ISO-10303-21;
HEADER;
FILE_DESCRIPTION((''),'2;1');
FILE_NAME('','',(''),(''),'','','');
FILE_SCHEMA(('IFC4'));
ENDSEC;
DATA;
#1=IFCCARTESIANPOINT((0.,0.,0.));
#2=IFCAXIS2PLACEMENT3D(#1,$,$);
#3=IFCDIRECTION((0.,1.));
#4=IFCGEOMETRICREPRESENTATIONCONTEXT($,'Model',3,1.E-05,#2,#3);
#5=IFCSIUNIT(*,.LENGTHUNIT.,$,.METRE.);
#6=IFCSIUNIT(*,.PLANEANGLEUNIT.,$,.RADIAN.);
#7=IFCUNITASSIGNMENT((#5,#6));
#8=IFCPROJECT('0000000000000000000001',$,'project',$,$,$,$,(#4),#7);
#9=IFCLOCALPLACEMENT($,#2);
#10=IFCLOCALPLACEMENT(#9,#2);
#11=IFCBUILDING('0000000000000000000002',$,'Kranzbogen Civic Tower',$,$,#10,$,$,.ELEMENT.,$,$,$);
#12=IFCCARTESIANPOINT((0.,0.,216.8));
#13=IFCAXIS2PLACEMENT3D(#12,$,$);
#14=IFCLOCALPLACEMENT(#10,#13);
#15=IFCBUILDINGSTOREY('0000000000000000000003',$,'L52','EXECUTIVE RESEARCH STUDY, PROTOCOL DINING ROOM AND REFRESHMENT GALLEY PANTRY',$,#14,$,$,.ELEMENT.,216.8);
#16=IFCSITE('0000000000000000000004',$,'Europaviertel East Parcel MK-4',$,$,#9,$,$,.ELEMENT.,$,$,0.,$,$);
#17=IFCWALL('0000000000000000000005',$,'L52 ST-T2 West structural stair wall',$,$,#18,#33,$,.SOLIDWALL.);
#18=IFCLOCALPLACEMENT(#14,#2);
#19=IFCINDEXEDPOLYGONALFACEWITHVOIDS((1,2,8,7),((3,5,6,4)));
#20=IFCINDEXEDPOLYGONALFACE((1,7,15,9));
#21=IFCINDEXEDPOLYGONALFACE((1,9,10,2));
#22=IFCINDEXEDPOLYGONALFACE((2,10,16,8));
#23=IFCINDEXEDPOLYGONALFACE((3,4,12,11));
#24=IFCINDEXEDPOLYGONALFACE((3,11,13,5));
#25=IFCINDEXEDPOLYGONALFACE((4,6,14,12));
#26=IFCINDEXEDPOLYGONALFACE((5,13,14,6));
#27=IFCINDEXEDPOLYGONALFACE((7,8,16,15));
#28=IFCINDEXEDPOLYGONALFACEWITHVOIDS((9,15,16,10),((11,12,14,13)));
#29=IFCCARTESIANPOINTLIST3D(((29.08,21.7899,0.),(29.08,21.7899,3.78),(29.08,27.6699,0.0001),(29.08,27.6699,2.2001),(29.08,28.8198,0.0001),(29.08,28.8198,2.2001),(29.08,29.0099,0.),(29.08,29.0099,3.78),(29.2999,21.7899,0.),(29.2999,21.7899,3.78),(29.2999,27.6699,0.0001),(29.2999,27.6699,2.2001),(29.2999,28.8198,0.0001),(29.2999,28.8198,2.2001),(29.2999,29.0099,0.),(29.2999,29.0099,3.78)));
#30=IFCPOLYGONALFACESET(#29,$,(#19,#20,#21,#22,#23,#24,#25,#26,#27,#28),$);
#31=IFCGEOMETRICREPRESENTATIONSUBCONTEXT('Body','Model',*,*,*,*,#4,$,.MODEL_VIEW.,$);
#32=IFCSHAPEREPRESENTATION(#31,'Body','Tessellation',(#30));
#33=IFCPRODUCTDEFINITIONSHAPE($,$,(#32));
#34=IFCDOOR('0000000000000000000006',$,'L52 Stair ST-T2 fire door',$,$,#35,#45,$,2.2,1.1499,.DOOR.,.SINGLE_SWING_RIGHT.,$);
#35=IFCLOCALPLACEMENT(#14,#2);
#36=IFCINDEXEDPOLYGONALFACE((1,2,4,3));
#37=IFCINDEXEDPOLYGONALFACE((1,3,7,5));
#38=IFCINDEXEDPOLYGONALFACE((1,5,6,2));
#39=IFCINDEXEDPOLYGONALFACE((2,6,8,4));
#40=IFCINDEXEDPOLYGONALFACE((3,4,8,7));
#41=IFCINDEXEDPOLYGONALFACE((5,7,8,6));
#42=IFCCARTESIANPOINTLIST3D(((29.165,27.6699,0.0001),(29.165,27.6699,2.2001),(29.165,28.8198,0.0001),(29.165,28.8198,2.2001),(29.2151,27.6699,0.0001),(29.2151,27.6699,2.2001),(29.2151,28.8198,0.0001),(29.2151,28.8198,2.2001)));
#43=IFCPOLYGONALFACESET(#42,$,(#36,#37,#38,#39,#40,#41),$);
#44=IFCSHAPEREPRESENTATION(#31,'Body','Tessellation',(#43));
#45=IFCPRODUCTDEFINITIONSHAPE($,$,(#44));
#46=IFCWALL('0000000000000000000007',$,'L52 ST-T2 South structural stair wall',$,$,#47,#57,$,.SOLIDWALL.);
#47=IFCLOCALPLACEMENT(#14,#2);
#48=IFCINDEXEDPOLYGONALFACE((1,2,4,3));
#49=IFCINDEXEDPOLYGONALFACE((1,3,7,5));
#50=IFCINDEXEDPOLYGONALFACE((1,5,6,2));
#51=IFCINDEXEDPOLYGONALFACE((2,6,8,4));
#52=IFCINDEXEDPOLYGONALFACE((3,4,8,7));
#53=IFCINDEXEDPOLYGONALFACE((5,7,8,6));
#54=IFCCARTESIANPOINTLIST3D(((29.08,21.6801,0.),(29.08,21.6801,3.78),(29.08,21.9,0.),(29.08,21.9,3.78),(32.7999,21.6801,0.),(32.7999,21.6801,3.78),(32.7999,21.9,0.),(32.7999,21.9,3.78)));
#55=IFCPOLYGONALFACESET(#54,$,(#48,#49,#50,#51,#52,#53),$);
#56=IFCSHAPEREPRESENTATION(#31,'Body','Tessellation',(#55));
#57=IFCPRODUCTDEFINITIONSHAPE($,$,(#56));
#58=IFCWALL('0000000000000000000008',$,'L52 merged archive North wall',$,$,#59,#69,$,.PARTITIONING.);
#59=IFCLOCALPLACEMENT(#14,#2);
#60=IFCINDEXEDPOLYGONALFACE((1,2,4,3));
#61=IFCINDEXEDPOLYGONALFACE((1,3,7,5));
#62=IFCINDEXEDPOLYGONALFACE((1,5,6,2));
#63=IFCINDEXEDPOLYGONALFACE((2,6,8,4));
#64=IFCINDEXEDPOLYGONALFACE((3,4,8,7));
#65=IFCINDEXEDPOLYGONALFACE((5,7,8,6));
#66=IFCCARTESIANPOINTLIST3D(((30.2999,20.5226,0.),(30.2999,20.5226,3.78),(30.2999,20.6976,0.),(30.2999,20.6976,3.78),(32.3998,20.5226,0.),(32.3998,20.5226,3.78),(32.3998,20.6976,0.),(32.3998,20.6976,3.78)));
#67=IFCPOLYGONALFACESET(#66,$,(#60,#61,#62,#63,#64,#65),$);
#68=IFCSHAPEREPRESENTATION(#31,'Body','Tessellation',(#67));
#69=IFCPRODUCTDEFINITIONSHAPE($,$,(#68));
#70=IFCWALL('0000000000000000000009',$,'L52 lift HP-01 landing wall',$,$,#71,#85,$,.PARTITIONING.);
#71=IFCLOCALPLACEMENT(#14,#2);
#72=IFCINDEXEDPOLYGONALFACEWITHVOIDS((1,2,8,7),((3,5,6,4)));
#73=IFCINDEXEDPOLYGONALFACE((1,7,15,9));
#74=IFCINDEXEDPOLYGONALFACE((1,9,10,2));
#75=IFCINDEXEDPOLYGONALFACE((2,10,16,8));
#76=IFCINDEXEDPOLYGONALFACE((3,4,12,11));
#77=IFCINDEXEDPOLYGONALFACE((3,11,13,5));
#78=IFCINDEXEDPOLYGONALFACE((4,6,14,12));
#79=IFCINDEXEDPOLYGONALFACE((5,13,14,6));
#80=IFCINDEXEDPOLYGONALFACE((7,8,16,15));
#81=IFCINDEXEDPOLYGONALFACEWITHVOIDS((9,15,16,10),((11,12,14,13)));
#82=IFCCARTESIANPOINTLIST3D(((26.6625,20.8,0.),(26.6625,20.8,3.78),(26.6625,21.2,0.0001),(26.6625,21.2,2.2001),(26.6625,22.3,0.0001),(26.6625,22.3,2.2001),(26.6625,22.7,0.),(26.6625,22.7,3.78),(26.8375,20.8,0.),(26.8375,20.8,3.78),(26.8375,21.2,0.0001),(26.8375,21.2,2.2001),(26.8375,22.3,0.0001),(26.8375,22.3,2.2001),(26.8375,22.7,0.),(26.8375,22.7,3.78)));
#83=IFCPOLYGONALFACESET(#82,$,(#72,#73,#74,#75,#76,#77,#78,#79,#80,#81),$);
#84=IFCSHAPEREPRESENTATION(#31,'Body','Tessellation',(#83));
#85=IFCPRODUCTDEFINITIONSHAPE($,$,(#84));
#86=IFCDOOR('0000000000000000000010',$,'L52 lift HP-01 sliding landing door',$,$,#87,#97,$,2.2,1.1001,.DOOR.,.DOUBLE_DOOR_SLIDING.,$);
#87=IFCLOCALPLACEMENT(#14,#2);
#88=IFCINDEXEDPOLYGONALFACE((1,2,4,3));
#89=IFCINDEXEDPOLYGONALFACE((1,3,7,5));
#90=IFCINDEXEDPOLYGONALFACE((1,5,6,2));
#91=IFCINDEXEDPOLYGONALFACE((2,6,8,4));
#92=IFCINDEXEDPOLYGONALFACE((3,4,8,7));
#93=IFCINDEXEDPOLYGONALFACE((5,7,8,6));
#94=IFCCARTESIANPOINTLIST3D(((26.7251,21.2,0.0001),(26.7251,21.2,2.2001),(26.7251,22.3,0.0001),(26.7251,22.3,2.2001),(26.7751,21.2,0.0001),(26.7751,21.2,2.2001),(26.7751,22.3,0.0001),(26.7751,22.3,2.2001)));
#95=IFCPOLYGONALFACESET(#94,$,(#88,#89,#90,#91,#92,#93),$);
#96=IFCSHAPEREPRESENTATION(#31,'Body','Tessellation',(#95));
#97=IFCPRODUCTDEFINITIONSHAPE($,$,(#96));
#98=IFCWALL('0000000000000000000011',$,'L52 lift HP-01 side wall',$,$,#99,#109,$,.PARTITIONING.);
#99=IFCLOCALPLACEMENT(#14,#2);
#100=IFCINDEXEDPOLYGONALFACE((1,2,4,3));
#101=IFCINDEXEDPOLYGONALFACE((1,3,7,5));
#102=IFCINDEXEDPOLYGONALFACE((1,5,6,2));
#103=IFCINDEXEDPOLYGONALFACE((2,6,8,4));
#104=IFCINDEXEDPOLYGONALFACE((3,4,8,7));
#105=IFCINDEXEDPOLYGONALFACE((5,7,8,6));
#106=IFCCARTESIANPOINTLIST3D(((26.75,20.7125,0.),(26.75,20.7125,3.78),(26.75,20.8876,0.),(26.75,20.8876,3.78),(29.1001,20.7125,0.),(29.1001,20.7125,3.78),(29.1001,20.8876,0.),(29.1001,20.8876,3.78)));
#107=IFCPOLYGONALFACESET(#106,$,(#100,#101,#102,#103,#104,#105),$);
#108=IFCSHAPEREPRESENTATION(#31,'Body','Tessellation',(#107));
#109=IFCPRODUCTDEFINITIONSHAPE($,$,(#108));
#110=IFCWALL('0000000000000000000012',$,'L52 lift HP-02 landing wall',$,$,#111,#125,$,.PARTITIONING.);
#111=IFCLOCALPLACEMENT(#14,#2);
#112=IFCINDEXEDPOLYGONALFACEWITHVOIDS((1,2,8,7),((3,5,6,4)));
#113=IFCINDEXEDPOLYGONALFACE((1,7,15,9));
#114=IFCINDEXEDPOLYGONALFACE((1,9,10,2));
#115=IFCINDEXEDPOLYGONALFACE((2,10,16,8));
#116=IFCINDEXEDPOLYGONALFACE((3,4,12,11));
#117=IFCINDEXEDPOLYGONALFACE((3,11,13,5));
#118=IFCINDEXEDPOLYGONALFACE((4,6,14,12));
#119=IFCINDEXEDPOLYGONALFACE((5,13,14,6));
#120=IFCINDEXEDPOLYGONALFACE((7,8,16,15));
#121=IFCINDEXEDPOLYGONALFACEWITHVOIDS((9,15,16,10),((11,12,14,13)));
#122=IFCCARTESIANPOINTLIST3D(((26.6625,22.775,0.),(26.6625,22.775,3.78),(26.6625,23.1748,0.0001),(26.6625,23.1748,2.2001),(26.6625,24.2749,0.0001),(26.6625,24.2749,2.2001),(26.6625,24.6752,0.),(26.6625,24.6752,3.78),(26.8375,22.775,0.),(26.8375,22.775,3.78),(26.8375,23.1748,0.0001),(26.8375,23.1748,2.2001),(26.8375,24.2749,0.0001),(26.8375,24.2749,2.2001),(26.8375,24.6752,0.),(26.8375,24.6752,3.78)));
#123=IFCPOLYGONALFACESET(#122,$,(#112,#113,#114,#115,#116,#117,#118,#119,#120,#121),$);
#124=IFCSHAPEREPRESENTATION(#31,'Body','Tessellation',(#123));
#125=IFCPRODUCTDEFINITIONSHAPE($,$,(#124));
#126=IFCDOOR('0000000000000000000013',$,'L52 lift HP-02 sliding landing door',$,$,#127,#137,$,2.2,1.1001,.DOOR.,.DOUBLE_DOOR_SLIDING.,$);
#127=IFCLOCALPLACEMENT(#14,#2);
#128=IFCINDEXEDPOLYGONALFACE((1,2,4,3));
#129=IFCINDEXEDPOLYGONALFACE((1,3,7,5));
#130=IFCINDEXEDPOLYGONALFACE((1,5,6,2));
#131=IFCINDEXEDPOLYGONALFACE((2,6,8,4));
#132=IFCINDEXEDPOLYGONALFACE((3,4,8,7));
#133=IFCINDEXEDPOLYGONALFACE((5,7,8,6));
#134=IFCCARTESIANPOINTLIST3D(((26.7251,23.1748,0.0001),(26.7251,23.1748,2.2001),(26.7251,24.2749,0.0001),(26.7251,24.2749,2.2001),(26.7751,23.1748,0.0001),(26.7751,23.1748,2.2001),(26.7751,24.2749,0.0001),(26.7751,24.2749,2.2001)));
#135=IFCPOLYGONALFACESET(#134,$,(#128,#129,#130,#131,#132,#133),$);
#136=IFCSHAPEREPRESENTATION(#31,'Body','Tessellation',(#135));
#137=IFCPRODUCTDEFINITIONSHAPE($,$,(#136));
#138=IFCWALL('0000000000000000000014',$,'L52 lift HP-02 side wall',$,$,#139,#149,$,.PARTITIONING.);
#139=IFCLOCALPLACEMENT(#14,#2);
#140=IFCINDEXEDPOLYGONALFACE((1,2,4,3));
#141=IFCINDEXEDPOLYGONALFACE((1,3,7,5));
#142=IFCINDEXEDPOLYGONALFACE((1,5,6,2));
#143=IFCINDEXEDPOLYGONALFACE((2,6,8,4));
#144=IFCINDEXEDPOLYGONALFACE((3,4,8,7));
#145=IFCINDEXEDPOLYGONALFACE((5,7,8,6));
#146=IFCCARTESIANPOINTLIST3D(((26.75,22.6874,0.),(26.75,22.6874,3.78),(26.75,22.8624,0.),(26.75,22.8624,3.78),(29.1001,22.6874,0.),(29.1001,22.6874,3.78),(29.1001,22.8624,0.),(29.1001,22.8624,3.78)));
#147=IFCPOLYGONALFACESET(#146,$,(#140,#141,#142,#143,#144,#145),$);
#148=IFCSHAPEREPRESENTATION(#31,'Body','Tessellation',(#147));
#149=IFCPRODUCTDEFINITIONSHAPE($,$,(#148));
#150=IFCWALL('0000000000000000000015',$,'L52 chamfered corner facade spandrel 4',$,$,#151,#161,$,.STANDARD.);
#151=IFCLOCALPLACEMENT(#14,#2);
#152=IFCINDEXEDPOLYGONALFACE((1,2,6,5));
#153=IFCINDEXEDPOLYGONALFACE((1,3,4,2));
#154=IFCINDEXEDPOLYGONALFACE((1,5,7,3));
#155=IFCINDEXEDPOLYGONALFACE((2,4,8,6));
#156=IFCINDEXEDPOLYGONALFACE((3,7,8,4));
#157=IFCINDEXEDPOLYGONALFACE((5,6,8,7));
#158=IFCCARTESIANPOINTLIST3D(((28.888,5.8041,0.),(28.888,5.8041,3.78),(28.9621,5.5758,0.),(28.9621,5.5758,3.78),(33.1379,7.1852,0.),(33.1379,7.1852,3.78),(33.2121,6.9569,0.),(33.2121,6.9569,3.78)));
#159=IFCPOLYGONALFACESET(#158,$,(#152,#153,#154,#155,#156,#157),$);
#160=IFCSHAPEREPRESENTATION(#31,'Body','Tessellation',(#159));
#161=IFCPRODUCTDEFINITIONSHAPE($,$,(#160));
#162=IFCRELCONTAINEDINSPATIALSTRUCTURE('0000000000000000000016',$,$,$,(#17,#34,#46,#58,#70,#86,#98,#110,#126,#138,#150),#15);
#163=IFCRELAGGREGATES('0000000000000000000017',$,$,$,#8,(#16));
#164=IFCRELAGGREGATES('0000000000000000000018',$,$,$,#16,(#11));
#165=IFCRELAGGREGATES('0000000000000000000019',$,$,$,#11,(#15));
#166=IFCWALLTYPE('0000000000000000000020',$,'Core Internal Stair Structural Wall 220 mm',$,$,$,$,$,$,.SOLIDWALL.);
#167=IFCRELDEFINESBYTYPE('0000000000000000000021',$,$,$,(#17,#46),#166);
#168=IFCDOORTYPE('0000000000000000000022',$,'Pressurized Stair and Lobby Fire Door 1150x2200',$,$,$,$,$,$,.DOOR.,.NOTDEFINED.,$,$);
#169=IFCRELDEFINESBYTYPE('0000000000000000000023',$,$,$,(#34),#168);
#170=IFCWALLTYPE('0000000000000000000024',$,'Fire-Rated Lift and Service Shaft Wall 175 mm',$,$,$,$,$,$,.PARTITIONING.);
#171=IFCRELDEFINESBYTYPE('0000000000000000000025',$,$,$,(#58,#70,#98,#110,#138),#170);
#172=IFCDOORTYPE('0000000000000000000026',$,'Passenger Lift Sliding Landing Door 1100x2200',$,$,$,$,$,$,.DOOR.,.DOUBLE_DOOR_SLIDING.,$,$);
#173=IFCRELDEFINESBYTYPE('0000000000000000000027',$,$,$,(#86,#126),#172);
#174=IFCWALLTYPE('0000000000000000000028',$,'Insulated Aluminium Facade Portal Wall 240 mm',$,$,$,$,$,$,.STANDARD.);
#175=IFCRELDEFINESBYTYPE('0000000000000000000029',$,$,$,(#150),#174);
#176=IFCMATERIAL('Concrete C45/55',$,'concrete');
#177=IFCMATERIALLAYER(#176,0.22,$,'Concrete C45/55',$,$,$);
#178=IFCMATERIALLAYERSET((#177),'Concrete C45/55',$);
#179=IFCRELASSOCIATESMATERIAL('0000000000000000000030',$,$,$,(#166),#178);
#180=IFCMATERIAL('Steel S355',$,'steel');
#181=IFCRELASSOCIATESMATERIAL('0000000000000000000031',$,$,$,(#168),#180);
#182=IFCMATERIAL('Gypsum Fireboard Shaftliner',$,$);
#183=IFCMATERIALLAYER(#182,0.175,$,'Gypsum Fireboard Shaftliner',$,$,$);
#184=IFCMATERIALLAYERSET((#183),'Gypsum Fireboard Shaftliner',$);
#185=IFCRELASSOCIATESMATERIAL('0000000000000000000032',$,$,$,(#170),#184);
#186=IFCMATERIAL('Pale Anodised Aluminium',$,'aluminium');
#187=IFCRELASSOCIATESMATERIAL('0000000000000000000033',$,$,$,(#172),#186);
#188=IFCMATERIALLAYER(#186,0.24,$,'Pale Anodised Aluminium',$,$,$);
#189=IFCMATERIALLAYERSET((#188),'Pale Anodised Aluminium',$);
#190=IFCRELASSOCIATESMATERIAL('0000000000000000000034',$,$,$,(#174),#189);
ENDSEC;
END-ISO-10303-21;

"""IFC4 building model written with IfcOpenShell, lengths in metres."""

from ifc_helpers import new_model, si_unit, direction, frame, frame_2d, origin, place, context, subcontext, project, spatial, rectangle, extrude, material, layer, layer_set, type_object, element, fill, save


model = new_model("IFC4")

# Units and contexts
model_context = context("Model", 3, precision=1e-05, world=origin(), true_north=direction((0.0, 1.0)))
body_context = subcontext(model_context, "Body", "Model", "MODEL_VIEW")
ifc_project = project(units=[si_unit("LENGTHUNIT", "METRE"), si_unit("PLANEANGLEUNIT", "RADIAN")], contexts=[model_context])

# Site, building, storey
site_placement = place(None, origin())
site = spatial("IfcSite", under=ifc_project, at=site_placement, Name="Europaviertel East Parcel MK-4", CompositionType="ELEMENT", RefElevation=0.0)
building_placement = place(site_placement, origin())
building = spatial("IfcBuilding", under=site, at=building_placement, Name="Kranzbogen Civic Tower", CompositionType="ELEMENT")
storey_placement = place(building_placement, frame((0.0, 0.0, 216.8)))
storey = spatial("IfcBuildingStorey", under=building, at=storey_placement, Name="L52", Description="EXECUTIVE RESEARCH STUDY, PROTOCOL DINING ROOM AND REFRESHMENT GALLEY PANTRY", CompositionType="ELEMENT", Elevation=216.8)

# Shared definitions
ifc_material_1 = material(Name="Steel S355", Category="steel")

# Shared definitions
ifc_material_2 = material(Name="Pale Anodised Aluminium", Category="aluminium")

# Shared definitions
ifc_material_3 = material(Name="Concrete C45/55", Category="concrete")

# Wall, opening, door
ifc_layer_1 = layer(ifc_material_3, 0.22, Name="Concrete C45/55")
ifc_layer_set_1 = layer_set([ifc_layer_1], Name="Concrete C45/55")
wall_type_1 = type_object("IfcWallType", Name="Core Internal Stair Structural Wall 220 mm", PredefinedType="SOLIDWALL", material=ifc_layer_set_1)
wall_1_placement = place(storey_placement, frame((29.1899, 21.79, 0.0), z_axis=(0.0, 0.0, 1.0), x_axis=(0.0, 1.0, 0.0)))
wall_1 = element("IfcWall", 1, at=wall_1_placement, inside=storey, type_object=wall_type_1, Name="L52 ST-T2 West structural stair wall", PredefinedType="SOLIDWALL", context=body_context, shape_type="SweptSolid", body=[
    extrude(rectangle(XDim=7.22, YDim=0.22, at=frame_2d((3.6099, 0.0))), origin(), (0.0, 0.0, 1.0), 3.78),
])
opening_1_placement = place(wall_1_placement, frame((5.8799, 0.0, 0.0)))
opening_1 = element("IfcOpeningElement", 2, at=opening_1_placement, cuts=wall_1, PredefinedType="OPENING", context=body_context, shape_type="SweptSolid", body=[
    extrude(rectangle(XDim=1.1499, YDim=2.2, at=frame_2d((0.575, 1.1001))), frame((0.0, 0.1201, 0.0), z_axis=(0.0, -1.0, 0.0), x_axis=(1.0, 0.0, 0.0)), (0.0, 0.0, 1.0), 0.24),
])
door_type_1 = type_object("IfcDoorType", Name="Pressurized Stair and Lobby Fire Door 1150x2200", OperationType="NOTDEFINED", PredefinedType="DOOR", material=ifc_material_1)
door_1_placement = place(opening_1_placement, origin())
door_1 = element("IfcDoor", 3, at=door_1_placement, inside=storey, type_object=door_type_1, Name="L52 Stair ST-T2 fire door", OperationType="SINGLE_SWING_RIGHT", OverallHeight=2.2, OverallWidth=1.1499, PredefinedType="DOOR", context=body_context, shape_type="SweptSolid", body=[
    extrude(rectangle(XDim=1.1499, YDim=2.2, at=frame_2d((0.575, 1.1001))), frame((0.0, 0.0249, 0.0), z_axis=(0.0, -1.0, 0.0), x_axis=(1.0, 0.0, 0.0)), (0.0, 0.0, 1.0), 0.05),
])
fill(opening_1, door_1)

# Walls
wall_2_placement = place(storey_placement, frame((29.0801, 21.79, 0.0), z_axis=(0.0, 0.0, 1.0), x_axis=(1.0, 0.0, 0.0)))
element("IfcWall", 4, at=wall_2_placement, inside=storey, type_object=wall_type_1, Name="L52 ST-T2 South structural stair wall", PredefinedType="SOLIDWALL", context=body_context, shape_type="SweptSolid", body=[
    extrude(rectangle(XDim=3.72, YDim=0.22, at=frame_2d((1.8599, 0.0))), origin(), (0.0, 0.0, 1.0), 3.78),
])
ifc_material_4 = material(Name="Gypsum Fireboard Shaftliner")
ifc_layer_2 = layer(ifc_material_4, 0.175, Name="Gypsum Fireboard Shaftliner")
ifc_layer_set_2 = layer_set([ifc_layer_2], Name="Gypsum Fireboard Shaftliner")
wall_type_2 = type_object("IfcWallType", Name="Fire-Rated Lift and Service Shaft Wall 175 mm", PredefinedType="PARTITIONING", material=ifc_layer_set_2)
wall_3_placement = place(storey_placement, frame((30.3, 20.6101, 0.0), z_axis=(0.0, 0.0, 1.0), x_axis=(1.0, 0.0, 0.0)))
element("IfcWall", 5, at=wall_3_placement, inside=storey, type_object=wall_type_2, Name="L52 merged archive North wall", PredefinedType="PARTITIONING", context=body_context, shape_type="SweptSolid", body=[
    extrude(rectangle(XDim=2.0999, YDim=0.175, at=frame_2d((1.0498, 0.0))), origin(), (0.0, 0.0, 1.0), 3.78),
])

# Wall, opening, door
wall_4_placement = place(storey_placement, frame((26.75, 20.8, 0.0), z_axis=(0.0, 0.0, 1.0), x_axis=(0.0, 1.0, 0.0)))
wall_4 = element("IfcWall", 6, at=wall_4_placement, inside=storey, type_object=wall_type_2, Name="L52 lift HP-01 landing wall", PredefinedType="PARTITIONING", context=body_context, shape_type="SweptSolid", body=[
    extrude(rectangle(XDim=1.8999, YDim=0.175, at=frame_2d((0.95, 0.0))), origin(), (0.0, 0.0, 1.0), 3.78),
])
opening_2_placement = place(wall_4_placement, frame((0.3999, 0.0, 0.0)))
opening_2 = element("IfcOpeningElement", 7, at=opening_2_placement, cuts=wall_4, PredefinedType="OPENING", context=body_context, shape_type="SweptSolid", body=[
    extrude(rectangle(XDim=1.1001, YDim=2.2, at=frame_2d((0.55, 1.1001))), frame((0.0, 0.0977, 0.0), z_axis=(0.0, -1.0, 0.0), x_axis=(1.0, 0.0, 0.0)), (0.0, 0.0, 1.0), 0.1951),
])
door_type_2 = type_object("IfcDoorType", Name="Passenger Lift Sliding Landing Door 1100x2200", OperationType="DOUBLE_DOOR_SLIDING", PredefinedType="DOOR", material=ifc_material_2)
door_2_placement = place(opening_2_placement, origin())
door_2 = element("IfcDoor", 8, at=door_2_placement, inside=storey, type_object=door_type_2, Name="L52 lift HP-01 sliding landing door", OperationType="DOUBLE_DOOR_SLIDING", OverallHeight=2.2, OverallWidth=1.1001, PredefinedType="DOOR", context=body_context, shape_type="SweptSolid", body=[
    extrude(rectangle(XDim=1.1001, YDim=2.2, at=frame_2d((0.55, 1.1001))), frame((0.0, 0.0249, 0.0), z_axis=(0.0, -1.0, 0.0), x_axis=(1.0, 0.0, 0.0)), (0.0, 0.0, 1.0), 0.05),
])
fill(opening_2, door_2)

# Wall
wall_5_placement = place(storey_placement, frame((26.75, 20.8, 0.0), z_axis=(0.0, 0.0, 1.0), x_axis=(1.0, 0.0, 0.0)))
element("IfcWall", 9, at=wall_5_placement, inside=storey, type_object=wall_type_2, Name="L52 lift HP-01 side wall", PredefinedType="PARTITIONING", context=body_context, shape_type="SweptSolid", body=[
    extrude(rectangle(XDim=2.3501, YDim=0.175, at=frame_2d((1.175, 0.0))), origin(), (0.0, 0.0, 1.0), 3.78),
])

# Wall, opening, door
wall_6_placement = place(storey_placement, frame((26.75, 22.7749, 0.0), z_axis=(0.0, 0.0, 1.0), x_axis=(0.0, 1.0, 0.0)))
wall_6 = element("IfcWall", 10, at=wall_6_placement, inside=storey, type_object=wall_type_2, Name="L52 lift HP-02 landing wall", PredefinedType="PARTITIONING", context=body_context, shape_type="SweptSolid", body=[
    extrude(rectangle(XDim=1.9001, YDim=0.175, at=frame_2d((0.9502, 0.0))), origin(), (0.0, 0.0, 1.0), 3.78),
])
opening_3_placement = place(wall_6_placement, frame((0.3999, 0.0, 0.0)))
opening_3 = element("IfcOpeningElement", 11, at=opening_3_placement, cuts=wall_6, PredefinedType="OPENING", context=body_context, shape_type="SweptSolid", body=[
    extrude(rectangle(XDim=1.1001, YDim=2.2, at=frame_2d((0.55, 1.1001))), frame((0.0, 0.0977, 0.0), z_axis=(0.0, -1.0, 0.0), x_axis=(1.0, 0.0, 0.0)), (0.0, 0.0, 1.0), 0.1951),
])
door_3_placement = place(opening_3_placement, origin())
door_3 = element("IfcDoor", 12, at=door_3_placement, inside=storey, type_object=door_type_2, Name="L52 lift HP-02 sliding landing door", OperationType="DOUBLE_DOOR_SLIDING", OverallHeight=2.2, OverallWidth=1.1001, PredefinedType="DOOR", context=body_context, shape_type="SweptSolid", body=[
    extrude(rectangle(XDim=1.1001, YDim=2.2, at=frame_2d((0.55, 1.1001))), frame((0.0, 0.0249, 0.0), z_axis=(0.0, -1.0, 0.0), x_axis=(1.0, 0.0, 0.0)), (0.0, 0.0, 1.0), 0.05),
])
fill(opening_3, door_3)

# Walls
wall_7_placement = place(storey_placement, frame((26.75, 22.7749, 0.0), z_axis=(0.0, 0.0, 1.0), x_axis=(1.0, 0.0, 0.0)))
element("IfcWall", 13, at=wall_7_placement, inside=storey, type_object=wall_type_2, Name="L52 lift HP-02 side wall", PredefinedType="PARTITIONING", context=body_context, shape_type="SweptSolid", body=[
    extrude(rectangle(XDim=2.3501, YDim=0.175, at=frame_2d((1.175, 0.0))), origin(), (0.0, 0.0, 1.0), 3.78),
])
ifc_layer_3 = layer(ifc_material_2, 0.24, Name="Pale Anodised Aluminium")
ifc_layer_set_3 = layer_set([ifc_layer_3], Name="Pale Anodised Aluminium")
wall_type_3 = type_object("IfcWallType", Name="Insulated Aluminium Facade Portal Wall 240 mm", PredefinedType="STANDARD", material=ifc_layer_set_3)
wall_8_placement = place(storey_placement, frame((28.925, 5.6899, 0.0), z_axis=(0.0, 0.0, 1.0), x_axis=(0.951044, 0.309056, 0.0)))
element("IfcWall", 14, at=wall_8_placement, inside=storey, type_object=wall_type_3, Name="L52 chamfered corner facade spandrel 4", PredefinedType="STANDARD", context=body_context, shape_type="SweptSolid", body=[
    extrude(rectangle(XDim=4.4688, YDim=0.24, at=frame_2d((2.2344, 0.0))), origin(), (0.0, 0.0, 1.0), 3.78),
])

save(model, "model.ifc")
